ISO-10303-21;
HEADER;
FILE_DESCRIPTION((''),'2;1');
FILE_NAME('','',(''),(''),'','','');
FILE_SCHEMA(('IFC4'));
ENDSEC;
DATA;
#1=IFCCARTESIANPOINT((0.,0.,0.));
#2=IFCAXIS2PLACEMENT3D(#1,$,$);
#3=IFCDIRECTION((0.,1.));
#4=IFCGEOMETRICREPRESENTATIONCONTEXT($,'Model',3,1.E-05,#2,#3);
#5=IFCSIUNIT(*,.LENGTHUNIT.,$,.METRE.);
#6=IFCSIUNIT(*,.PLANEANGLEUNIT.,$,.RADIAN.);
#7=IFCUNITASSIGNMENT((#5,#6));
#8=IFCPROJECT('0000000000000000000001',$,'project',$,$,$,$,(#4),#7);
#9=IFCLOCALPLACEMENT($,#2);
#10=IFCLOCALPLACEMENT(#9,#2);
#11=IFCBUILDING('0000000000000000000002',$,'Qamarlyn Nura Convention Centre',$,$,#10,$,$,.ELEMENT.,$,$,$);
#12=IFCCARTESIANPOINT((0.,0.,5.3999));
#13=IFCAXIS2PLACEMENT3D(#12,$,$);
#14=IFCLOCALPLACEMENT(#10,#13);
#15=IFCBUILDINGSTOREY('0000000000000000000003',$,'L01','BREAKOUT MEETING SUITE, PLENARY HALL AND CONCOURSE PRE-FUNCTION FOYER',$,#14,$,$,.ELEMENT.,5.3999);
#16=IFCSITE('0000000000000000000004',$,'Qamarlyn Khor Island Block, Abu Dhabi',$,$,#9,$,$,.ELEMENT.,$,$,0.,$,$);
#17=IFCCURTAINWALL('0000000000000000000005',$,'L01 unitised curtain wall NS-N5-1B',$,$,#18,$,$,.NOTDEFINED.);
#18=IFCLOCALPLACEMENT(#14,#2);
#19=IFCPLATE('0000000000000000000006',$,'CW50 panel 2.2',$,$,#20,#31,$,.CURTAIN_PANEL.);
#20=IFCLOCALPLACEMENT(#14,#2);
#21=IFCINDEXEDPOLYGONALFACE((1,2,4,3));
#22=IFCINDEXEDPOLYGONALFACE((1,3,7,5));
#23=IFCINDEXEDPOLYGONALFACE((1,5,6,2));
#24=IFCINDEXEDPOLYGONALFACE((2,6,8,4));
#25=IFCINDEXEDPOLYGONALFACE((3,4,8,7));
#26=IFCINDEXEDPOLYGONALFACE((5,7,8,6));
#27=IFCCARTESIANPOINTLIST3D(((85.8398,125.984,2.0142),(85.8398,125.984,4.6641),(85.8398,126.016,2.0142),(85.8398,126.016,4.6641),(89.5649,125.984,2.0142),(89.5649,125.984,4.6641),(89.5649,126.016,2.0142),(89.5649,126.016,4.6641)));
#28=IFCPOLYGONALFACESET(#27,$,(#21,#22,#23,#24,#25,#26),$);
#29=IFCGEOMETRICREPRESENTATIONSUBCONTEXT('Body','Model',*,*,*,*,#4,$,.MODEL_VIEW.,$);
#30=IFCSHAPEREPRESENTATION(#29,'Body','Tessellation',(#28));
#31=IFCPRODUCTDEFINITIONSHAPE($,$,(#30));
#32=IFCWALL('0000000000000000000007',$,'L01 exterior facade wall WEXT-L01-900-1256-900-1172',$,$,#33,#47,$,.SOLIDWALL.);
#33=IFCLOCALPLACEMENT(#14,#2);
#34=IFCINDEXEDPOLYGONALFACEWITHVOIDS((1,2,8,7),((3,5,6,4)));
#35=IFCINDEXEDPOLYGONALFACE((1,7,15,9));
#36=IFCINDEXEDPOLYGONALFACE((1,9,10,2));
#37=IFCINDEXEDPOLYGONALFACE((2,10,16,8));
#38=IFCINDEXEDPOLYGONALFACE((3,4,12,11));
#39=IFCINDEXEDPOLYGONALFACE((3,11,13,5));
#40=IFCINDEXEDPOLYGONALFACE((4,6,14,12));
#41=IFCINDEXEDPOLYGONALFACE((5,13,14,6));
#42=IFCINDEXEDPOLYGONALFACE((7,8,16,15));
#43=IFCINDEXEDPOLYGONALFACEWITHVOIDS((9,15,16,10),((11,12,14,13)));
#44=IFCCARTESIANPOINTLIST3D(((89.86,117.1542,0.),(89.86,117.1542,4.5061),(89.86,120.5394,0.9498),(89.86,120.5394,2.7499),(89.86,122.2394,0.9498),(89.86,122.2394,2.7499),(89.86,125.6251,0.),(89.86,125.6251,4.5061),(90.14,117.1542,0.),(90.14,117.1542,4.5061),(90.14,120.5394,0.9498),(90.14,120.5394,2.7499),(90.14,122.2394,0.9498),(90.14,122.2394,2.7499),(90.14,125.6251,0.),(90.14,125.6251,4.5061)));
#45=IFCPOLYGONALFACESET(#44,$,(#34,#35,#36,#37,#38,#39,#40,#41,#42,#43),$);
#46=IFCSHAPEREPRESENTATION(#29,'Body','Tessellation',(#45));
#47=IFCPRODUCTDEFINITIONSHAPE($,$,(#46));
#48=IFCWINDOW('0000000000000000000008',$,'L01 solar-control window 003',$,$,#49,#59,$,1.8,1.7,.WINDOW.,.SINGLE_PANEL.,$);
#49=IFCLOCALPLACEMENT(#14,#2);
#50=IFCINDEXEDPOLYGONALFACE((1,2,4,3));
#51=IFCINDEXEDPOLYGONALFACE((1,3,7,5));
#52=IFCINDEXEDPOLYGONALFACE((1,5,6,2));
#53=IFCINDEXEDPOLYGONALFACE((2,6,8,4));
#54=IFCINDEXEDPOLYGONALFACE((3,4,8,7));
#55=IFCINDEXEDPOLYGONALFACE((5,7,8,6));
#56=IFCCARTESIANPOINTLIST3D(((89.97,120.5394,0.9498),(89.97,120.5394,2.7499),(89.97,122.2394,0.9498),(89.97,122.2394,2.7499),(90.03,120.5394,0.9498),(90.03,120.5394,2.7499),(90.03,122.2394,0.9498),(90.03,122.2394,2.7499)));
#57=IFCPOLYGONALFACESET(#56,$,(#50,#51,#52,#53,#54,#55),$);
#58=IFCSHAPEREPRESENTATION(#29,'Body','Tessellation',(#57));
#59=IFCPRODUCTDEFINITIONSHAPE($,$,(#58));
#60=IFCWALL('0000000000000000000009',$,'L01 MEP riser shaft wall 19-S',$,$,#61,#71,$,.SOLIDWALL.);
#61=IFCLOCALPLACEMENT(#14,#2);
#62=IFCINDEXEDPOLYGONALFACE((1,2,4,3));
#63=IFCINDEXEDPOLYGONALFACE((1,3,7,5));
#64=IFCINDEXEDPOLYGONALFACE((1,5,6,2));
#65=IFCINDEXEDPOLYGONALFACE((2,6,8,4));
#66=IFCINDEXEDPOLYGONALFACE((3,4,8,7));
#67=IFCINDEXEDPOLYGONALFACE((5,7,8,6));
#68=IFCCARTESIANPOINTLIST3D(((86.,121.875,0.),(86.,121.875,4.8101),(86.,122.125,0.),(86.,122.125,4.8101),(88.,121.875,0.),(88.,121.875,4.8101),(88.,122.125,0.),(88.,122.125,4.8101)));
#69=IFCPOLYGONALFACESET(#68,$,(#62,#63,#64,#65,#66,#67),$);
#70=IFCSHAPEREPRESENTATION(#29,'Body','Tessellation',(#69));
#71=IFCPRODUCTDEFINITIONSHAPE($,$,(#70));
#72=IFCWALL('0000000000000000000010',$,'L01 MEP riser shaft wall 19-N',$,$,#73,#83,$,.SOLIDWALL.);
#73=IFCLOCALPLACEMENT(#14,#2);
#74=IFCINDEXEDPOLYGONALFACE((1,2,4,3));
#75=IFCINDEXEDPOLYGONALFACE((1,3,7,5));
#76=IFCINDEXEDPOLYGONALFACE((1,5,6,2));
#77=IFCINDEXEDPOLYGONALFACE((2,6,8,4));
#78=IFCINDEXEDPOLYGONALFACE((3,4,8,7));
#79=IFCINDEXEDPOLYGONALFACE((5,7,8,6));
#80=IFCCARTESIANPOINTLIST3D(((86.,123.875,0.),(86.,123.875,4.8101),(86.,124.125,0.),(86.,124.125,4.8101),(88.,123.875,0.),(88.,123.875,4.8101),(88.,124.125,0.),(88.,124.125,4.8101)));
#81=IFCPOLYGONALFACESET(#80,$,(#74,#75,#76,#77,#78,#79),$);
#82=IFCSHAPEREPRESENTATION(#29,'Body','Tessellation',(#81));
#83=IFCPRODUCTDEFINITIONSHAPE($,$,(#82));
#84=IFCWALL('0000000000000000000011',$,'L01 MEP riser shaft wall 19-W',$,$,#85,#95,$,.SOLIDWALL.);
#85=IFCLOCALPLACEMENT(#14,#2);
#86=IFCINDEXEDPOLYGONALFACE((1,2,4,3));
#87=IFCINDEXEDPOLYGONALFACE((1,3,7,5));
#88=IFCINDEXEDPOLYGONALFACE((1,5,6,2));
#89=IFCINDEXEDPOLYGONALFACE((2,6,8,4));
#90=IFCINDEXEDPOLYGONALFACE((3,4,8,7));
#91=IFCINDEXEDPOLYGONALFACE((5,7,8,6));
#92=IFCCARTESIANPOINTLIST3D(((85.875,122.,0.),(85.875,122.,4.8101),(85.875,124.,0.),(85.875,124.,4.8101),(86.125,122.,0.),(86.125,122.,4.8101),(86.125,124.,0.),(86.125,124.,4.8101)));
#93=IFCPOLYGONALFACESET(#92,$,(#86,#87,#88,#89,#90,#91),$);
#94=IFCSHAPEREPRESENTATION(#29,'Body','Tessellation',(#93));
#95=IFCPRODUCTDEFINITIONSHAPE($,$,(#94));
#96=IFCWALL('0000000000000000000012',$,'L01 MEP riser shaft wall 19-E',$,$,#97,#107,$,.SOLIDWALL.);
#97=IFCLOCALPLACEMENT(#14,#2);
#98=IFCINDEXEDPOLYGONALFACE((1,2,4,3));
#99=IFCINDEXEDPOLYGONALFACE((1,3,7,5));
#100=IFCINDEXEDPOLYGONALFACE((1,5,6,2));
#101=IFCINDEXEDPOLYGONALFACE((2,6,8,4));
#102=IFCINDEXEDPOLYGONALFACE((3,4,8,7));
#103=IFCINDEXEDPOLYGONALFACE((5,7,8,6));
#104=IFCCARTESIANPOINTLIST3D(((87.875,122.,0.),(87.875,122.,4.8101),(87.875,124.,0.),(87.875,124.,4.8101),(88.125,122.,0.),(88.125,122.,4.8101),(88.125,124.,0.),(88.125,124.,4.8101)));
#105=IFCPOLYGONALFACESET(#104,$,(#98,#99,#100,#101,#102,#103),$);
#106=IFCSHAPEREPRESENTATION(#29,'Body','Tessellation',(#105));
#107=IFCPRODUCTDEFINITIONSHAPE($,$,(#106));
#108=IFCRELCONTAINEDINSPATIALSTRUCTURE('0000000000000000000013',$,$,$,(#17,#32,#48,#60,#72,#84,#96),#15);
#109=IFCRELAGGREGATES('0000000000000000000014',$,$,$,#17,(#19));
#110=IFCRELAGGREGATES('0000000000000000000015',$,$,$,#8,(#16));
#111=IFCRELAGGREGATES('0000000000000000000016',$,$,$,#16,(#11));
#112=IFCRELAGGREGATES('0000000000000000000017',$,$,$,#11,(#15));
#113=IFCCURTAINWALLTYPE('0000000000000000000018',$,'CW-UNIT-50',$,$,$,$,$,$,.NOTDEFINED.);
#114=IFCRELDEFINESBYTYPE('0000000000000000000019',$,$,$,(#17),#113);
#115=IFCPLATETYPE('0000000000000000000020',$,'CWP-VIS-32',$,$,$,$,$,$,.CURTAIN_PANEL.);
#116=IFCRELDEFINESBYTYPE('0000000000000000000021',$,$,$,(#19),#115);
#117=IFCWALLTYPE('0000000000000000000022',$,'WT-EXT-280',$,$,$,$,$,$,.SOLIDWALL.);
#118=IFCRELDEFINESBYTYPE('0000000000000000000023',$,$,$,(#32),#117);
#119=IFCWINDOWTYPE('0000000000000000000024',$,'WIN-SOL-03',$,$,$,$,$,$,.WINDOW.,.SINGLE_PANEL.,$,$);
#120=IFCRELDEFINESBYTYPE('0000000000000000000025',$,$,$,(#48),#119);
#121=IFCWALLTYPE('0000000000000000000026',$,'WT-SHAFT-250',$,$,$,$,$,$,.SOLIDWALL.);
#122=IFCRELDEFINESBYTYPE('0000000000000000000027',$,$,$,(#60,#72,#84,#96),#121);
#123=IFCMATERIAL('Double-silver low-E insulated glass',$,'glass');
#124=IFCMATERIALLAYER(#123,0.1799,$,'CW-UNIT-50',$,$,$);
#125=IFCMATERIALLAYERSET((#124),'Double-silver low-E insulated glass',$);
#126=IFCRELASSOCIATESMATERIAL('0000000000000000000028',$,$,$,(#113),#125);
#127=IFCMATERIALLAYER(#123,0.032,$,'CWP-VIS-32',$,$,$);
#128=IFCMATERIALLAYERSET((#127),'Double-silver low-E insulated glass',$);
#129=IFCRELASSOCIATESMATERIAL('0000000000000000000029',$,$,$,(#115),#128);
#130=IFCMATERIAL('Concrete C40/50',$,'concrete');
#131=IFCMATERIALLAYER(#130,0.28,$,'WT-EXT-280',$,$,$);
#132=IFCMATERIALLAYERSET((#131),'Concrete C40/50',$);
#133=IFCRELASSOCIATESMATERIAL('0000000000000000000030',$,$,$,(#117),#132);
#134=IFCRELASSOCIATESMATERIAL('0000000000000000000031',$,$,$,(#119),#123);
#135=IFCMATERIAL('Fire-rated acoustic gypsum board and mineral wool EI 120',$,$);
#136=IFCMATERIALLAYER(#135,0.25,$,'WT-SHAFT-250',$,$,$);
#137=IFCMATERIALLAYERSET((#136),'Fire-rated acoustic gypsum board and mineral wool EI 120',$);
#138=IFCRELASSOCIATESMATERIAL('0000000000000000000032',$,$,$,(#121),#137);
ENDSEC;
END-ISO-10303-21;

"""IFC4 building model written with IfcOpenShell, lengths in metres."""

from ifc_helpers import new_model, si_unit, direction, frame, frame_2d, origin, origin_2d, place, context, subcontext, project, spatial, rectangle, extrude, material, layer, layer_set, type_object, element, fill, aggregate, save


model = new_model("IFC4")

# Units and contexts
model_context = context("Model", 3, precision=1e-05, world=origin(), true_north=direction((0.0, 1.0)))
body_context = subcontext(model_context, "Body", "Model", "MODEL_VIEW")
ifc_project = project(units=[si_unit("LENGTHUNIT", "METRE"), si_unit("PLANEANGLEUNIT", "RADIAN")], contexts=[model_context])

# Site, building, storey
site_placement = place(None, origin())
site = spatial("IfcSite", under=ifc_project, at=site_placement, Name="Qamarlyn Khor Island Block, Abu Dhabi", CompositionType="ELEMENT", RefElevation=0.0)
building_placement = place(site_placement, origin())
building = spatial("IfcBuilding", under=site, at=building_placement, Name="Qamarlyn Nura Convention Centre", CompositionType="ELEMENT")
storey_placement = place(building_placement, frame((0.0, 0.0, 5.3999)))
storey = spatial("IfcBuildingStorey", under=building, at=storey_placement, Name="L01", Description="BREAKOUT MEETING SUITE, PLENARY HALL AND CONCOURSE PRE-FUNCTION FOYER", CompositionType="ELEMENT", Elevation=5.3999)

# Curtain wall
ifc_material_1 = material(Name="Double-silver low-E insulated glass", Category="glass")
ifc_layer_1 = layer(ifc_material_1, 0.1799, Name="CW-UNIT-50")
ifc_layer_set_1 = layer_set([ifc_layer_1], Name="Double-silver low-E insulated glass")
curtain_wall_type_1 = type_object("IfcCurtainWallType", Name="CW-UNIT-50", PredefinedType="NOTDEFINED", material=ifc_layer_set_1)
curtain_wall_1_placement = place(storey_placement, origin())
curtain_wall_1 = element("IfcCurtainWall", 1, at=curtain_wall_1_placement, inside=storey, type_object=curtain_wall_type_1, Name="L01 unitised curtain wall NS-N5-1B", PredefinedType="NOTDEFINED")

# Plate
ifc_layer_2 = layer(ifc_material_1, 0.032, Name="CWP-VIS-32")
ifc_layer_set_2 = layer_set([ifc_layer_2], Name="Double-silver low-E insulated glass")
plate_type = type_object("IfcPlateType", Name="CWP-VIS-32", PredefinedType="CURTAIN_PANEL", material=ifc_layer_set_2)
plate_1_placement = place(storey_placement, frame((87.7024, 126.0, 2.0142), z_axis=(0.0, 0.0, 1.0), x_axis=(1.0, 0.0, 0.0)))
plate_1 = element("IfcPlate", 2, at=plate_1_placement, type_object=plate_type, Name="CW50 panel 2.2", PredefinedType="CURTAIN_PANEL", context=body_context, shape_type="SweptSolid", body=[
    extrude(rectangle(XDim=3.7251, YDim=0.032, at=origin_2d()), origin(), (0.0, 0.0, 1.0), 2.6499),
])
aggregate(curtain_wall_1, [plate_1])

# Wall, opening, window
ifc_material_2 = material(Name="Concrete C40/50", Category="concrete")
ifc_layer_3 = layer(ifc_material_2, 0.28, Name="WT-EXT-280")
ifc_layer_set_3 = layer_set([ifc_layer_3], Name="Concrete C40/50")
wall_type_1 = type_object("IfcWallType", Name="WT-EXT-280", PredefinedType="SOLIDWALL", material=ifc_layer_set_3)
wall_placement = place(storey_placement, frame((90.0, 125.625, 0.0), z_axis=(0.0, 0.0, 1.0), x_axis=(0.0, -1.0, 0.0)))
wall = element("IfcWall", 3, at=wall_placement, inside=storey, type_object=wall_type_1, Name="L01 exterior facade wall WEXT-L01-900-1256-900-1172", PredefinedType="SOLIDWALL", context=body_context, shape_type="SweptSolid", body=[
    extrude(rectangle(XDim=8.4709, YDim=0.28, at=frame_2d((4.2354, 0.0))), origin(), (0.0, 0.0, 1.0), 4.5061),
])
opening_placement = place(wall_placement, frame((3.3855, 0.0, 0.95)))
opening = element("IfcOpeningElement", 4, at=opening_placement, cuts=wall, PredefinedType="OPENING", context=body_context, shape_type="SweptSolid", body=[
    extrude(rectangle(XDim=1.7, YDim=1.8, at=frame_2d((0.8501, 0.8999))), frame((0.0, 0.1499, 0.0), z_axis=(0.0, -1.0, 0.0), x_axis=(1.0, 0.0, 0.0)), (0.0, 0.0, 1.0), 0.3),
])
window_type = type_object("IfcWindowType", Name="WIN-SOL-03", PartitioningType="SINGLE_PANEL", PredefinedType="WINDOW", material=ifc_material_1)
window_placement = place(opening_placement, origin())
window = element("IfcWindow", 5, at=window_placement, inside=storey, type_object=window_type, Name="L01 solar-control window 003", OverallHeight=1.8, OverallWidth=1.7, PartitioningType="SINGLE_PANEL", PredefinedType="WINDOW", context=body_context, shape_type="SweptSolid", body=[
    extrude(rectangle(XDim=1.7, YDim=1.8, at=frame_2d((0.8501, 0.8999))), frame((0.0, 0.03, 0.0), z_axis=(0.0, -1.0, 0.0), x_axis=(1.0, 0.0, 0.0)), (0.0, 0.0, 1.0), 0.0601),
])
fill(opening, window)

# Walls
ifc_material_3 = material(Name="Fire-rated acoustic gypsum board and mineral wool EI 120")
ifc_layer_4 = layer(ifc_material_3, 0.25, Name="WT-SHAFT-250")
ifc_layer_set_4 = layer_set([ifc_layer_4], Name="Fire-rated acoustic gypsum board and mineral wool EI 120")
wall_type_2 = type_object("IfcWallType", Name="WT-SHAFT-250", PredefinedType="SOLIDWALL", material=ifc_layer_set_4)
for number, where, z_axis, x_axis, name in (
    (6, (86.0, 122.0, 0.0), (0.0, 0.0, 1.0), (1.0, 0.0, 0.0), "L01 MEP riser shaft wall 19-S"),
    (7, (88.0, 124.0, 0.0), (0.0, 0.0, 1.0), (-1.0, 0.0, 0.0), "L01 MEP riser shaft wall 19-N"),
    (8, (86.0, 124.0, 0.0), (0.0, 0.0, 1.0), (0.0, -1.0, 0.0), "L01 MEP riser shaft wall 19-W"),
    (9, (88.0, 122.0, 0.0), (0.0, 0.0, 1.0), (0.0, 1.0, 0.0), "L01 MEP riser shaft wall 19-E"),
):
    element("IfcWall", number, at=place(storey_placement, frame(where, z_axis=z_axis, x_axis=x_axis)), inside=storey, type_object=wall_type_2, Name=name, PredefinedType="SOLIDWALL", context=body_context, shape_type="SweptSolid", body=[
        extrude(rectangle(XDim=2.0, YDim=0.25, at=frame_2d((1.0, 0.0))), origin(), (0.0, 0.0, 1.0), 4.8101),
    ])

save(model, "model.ifc")
